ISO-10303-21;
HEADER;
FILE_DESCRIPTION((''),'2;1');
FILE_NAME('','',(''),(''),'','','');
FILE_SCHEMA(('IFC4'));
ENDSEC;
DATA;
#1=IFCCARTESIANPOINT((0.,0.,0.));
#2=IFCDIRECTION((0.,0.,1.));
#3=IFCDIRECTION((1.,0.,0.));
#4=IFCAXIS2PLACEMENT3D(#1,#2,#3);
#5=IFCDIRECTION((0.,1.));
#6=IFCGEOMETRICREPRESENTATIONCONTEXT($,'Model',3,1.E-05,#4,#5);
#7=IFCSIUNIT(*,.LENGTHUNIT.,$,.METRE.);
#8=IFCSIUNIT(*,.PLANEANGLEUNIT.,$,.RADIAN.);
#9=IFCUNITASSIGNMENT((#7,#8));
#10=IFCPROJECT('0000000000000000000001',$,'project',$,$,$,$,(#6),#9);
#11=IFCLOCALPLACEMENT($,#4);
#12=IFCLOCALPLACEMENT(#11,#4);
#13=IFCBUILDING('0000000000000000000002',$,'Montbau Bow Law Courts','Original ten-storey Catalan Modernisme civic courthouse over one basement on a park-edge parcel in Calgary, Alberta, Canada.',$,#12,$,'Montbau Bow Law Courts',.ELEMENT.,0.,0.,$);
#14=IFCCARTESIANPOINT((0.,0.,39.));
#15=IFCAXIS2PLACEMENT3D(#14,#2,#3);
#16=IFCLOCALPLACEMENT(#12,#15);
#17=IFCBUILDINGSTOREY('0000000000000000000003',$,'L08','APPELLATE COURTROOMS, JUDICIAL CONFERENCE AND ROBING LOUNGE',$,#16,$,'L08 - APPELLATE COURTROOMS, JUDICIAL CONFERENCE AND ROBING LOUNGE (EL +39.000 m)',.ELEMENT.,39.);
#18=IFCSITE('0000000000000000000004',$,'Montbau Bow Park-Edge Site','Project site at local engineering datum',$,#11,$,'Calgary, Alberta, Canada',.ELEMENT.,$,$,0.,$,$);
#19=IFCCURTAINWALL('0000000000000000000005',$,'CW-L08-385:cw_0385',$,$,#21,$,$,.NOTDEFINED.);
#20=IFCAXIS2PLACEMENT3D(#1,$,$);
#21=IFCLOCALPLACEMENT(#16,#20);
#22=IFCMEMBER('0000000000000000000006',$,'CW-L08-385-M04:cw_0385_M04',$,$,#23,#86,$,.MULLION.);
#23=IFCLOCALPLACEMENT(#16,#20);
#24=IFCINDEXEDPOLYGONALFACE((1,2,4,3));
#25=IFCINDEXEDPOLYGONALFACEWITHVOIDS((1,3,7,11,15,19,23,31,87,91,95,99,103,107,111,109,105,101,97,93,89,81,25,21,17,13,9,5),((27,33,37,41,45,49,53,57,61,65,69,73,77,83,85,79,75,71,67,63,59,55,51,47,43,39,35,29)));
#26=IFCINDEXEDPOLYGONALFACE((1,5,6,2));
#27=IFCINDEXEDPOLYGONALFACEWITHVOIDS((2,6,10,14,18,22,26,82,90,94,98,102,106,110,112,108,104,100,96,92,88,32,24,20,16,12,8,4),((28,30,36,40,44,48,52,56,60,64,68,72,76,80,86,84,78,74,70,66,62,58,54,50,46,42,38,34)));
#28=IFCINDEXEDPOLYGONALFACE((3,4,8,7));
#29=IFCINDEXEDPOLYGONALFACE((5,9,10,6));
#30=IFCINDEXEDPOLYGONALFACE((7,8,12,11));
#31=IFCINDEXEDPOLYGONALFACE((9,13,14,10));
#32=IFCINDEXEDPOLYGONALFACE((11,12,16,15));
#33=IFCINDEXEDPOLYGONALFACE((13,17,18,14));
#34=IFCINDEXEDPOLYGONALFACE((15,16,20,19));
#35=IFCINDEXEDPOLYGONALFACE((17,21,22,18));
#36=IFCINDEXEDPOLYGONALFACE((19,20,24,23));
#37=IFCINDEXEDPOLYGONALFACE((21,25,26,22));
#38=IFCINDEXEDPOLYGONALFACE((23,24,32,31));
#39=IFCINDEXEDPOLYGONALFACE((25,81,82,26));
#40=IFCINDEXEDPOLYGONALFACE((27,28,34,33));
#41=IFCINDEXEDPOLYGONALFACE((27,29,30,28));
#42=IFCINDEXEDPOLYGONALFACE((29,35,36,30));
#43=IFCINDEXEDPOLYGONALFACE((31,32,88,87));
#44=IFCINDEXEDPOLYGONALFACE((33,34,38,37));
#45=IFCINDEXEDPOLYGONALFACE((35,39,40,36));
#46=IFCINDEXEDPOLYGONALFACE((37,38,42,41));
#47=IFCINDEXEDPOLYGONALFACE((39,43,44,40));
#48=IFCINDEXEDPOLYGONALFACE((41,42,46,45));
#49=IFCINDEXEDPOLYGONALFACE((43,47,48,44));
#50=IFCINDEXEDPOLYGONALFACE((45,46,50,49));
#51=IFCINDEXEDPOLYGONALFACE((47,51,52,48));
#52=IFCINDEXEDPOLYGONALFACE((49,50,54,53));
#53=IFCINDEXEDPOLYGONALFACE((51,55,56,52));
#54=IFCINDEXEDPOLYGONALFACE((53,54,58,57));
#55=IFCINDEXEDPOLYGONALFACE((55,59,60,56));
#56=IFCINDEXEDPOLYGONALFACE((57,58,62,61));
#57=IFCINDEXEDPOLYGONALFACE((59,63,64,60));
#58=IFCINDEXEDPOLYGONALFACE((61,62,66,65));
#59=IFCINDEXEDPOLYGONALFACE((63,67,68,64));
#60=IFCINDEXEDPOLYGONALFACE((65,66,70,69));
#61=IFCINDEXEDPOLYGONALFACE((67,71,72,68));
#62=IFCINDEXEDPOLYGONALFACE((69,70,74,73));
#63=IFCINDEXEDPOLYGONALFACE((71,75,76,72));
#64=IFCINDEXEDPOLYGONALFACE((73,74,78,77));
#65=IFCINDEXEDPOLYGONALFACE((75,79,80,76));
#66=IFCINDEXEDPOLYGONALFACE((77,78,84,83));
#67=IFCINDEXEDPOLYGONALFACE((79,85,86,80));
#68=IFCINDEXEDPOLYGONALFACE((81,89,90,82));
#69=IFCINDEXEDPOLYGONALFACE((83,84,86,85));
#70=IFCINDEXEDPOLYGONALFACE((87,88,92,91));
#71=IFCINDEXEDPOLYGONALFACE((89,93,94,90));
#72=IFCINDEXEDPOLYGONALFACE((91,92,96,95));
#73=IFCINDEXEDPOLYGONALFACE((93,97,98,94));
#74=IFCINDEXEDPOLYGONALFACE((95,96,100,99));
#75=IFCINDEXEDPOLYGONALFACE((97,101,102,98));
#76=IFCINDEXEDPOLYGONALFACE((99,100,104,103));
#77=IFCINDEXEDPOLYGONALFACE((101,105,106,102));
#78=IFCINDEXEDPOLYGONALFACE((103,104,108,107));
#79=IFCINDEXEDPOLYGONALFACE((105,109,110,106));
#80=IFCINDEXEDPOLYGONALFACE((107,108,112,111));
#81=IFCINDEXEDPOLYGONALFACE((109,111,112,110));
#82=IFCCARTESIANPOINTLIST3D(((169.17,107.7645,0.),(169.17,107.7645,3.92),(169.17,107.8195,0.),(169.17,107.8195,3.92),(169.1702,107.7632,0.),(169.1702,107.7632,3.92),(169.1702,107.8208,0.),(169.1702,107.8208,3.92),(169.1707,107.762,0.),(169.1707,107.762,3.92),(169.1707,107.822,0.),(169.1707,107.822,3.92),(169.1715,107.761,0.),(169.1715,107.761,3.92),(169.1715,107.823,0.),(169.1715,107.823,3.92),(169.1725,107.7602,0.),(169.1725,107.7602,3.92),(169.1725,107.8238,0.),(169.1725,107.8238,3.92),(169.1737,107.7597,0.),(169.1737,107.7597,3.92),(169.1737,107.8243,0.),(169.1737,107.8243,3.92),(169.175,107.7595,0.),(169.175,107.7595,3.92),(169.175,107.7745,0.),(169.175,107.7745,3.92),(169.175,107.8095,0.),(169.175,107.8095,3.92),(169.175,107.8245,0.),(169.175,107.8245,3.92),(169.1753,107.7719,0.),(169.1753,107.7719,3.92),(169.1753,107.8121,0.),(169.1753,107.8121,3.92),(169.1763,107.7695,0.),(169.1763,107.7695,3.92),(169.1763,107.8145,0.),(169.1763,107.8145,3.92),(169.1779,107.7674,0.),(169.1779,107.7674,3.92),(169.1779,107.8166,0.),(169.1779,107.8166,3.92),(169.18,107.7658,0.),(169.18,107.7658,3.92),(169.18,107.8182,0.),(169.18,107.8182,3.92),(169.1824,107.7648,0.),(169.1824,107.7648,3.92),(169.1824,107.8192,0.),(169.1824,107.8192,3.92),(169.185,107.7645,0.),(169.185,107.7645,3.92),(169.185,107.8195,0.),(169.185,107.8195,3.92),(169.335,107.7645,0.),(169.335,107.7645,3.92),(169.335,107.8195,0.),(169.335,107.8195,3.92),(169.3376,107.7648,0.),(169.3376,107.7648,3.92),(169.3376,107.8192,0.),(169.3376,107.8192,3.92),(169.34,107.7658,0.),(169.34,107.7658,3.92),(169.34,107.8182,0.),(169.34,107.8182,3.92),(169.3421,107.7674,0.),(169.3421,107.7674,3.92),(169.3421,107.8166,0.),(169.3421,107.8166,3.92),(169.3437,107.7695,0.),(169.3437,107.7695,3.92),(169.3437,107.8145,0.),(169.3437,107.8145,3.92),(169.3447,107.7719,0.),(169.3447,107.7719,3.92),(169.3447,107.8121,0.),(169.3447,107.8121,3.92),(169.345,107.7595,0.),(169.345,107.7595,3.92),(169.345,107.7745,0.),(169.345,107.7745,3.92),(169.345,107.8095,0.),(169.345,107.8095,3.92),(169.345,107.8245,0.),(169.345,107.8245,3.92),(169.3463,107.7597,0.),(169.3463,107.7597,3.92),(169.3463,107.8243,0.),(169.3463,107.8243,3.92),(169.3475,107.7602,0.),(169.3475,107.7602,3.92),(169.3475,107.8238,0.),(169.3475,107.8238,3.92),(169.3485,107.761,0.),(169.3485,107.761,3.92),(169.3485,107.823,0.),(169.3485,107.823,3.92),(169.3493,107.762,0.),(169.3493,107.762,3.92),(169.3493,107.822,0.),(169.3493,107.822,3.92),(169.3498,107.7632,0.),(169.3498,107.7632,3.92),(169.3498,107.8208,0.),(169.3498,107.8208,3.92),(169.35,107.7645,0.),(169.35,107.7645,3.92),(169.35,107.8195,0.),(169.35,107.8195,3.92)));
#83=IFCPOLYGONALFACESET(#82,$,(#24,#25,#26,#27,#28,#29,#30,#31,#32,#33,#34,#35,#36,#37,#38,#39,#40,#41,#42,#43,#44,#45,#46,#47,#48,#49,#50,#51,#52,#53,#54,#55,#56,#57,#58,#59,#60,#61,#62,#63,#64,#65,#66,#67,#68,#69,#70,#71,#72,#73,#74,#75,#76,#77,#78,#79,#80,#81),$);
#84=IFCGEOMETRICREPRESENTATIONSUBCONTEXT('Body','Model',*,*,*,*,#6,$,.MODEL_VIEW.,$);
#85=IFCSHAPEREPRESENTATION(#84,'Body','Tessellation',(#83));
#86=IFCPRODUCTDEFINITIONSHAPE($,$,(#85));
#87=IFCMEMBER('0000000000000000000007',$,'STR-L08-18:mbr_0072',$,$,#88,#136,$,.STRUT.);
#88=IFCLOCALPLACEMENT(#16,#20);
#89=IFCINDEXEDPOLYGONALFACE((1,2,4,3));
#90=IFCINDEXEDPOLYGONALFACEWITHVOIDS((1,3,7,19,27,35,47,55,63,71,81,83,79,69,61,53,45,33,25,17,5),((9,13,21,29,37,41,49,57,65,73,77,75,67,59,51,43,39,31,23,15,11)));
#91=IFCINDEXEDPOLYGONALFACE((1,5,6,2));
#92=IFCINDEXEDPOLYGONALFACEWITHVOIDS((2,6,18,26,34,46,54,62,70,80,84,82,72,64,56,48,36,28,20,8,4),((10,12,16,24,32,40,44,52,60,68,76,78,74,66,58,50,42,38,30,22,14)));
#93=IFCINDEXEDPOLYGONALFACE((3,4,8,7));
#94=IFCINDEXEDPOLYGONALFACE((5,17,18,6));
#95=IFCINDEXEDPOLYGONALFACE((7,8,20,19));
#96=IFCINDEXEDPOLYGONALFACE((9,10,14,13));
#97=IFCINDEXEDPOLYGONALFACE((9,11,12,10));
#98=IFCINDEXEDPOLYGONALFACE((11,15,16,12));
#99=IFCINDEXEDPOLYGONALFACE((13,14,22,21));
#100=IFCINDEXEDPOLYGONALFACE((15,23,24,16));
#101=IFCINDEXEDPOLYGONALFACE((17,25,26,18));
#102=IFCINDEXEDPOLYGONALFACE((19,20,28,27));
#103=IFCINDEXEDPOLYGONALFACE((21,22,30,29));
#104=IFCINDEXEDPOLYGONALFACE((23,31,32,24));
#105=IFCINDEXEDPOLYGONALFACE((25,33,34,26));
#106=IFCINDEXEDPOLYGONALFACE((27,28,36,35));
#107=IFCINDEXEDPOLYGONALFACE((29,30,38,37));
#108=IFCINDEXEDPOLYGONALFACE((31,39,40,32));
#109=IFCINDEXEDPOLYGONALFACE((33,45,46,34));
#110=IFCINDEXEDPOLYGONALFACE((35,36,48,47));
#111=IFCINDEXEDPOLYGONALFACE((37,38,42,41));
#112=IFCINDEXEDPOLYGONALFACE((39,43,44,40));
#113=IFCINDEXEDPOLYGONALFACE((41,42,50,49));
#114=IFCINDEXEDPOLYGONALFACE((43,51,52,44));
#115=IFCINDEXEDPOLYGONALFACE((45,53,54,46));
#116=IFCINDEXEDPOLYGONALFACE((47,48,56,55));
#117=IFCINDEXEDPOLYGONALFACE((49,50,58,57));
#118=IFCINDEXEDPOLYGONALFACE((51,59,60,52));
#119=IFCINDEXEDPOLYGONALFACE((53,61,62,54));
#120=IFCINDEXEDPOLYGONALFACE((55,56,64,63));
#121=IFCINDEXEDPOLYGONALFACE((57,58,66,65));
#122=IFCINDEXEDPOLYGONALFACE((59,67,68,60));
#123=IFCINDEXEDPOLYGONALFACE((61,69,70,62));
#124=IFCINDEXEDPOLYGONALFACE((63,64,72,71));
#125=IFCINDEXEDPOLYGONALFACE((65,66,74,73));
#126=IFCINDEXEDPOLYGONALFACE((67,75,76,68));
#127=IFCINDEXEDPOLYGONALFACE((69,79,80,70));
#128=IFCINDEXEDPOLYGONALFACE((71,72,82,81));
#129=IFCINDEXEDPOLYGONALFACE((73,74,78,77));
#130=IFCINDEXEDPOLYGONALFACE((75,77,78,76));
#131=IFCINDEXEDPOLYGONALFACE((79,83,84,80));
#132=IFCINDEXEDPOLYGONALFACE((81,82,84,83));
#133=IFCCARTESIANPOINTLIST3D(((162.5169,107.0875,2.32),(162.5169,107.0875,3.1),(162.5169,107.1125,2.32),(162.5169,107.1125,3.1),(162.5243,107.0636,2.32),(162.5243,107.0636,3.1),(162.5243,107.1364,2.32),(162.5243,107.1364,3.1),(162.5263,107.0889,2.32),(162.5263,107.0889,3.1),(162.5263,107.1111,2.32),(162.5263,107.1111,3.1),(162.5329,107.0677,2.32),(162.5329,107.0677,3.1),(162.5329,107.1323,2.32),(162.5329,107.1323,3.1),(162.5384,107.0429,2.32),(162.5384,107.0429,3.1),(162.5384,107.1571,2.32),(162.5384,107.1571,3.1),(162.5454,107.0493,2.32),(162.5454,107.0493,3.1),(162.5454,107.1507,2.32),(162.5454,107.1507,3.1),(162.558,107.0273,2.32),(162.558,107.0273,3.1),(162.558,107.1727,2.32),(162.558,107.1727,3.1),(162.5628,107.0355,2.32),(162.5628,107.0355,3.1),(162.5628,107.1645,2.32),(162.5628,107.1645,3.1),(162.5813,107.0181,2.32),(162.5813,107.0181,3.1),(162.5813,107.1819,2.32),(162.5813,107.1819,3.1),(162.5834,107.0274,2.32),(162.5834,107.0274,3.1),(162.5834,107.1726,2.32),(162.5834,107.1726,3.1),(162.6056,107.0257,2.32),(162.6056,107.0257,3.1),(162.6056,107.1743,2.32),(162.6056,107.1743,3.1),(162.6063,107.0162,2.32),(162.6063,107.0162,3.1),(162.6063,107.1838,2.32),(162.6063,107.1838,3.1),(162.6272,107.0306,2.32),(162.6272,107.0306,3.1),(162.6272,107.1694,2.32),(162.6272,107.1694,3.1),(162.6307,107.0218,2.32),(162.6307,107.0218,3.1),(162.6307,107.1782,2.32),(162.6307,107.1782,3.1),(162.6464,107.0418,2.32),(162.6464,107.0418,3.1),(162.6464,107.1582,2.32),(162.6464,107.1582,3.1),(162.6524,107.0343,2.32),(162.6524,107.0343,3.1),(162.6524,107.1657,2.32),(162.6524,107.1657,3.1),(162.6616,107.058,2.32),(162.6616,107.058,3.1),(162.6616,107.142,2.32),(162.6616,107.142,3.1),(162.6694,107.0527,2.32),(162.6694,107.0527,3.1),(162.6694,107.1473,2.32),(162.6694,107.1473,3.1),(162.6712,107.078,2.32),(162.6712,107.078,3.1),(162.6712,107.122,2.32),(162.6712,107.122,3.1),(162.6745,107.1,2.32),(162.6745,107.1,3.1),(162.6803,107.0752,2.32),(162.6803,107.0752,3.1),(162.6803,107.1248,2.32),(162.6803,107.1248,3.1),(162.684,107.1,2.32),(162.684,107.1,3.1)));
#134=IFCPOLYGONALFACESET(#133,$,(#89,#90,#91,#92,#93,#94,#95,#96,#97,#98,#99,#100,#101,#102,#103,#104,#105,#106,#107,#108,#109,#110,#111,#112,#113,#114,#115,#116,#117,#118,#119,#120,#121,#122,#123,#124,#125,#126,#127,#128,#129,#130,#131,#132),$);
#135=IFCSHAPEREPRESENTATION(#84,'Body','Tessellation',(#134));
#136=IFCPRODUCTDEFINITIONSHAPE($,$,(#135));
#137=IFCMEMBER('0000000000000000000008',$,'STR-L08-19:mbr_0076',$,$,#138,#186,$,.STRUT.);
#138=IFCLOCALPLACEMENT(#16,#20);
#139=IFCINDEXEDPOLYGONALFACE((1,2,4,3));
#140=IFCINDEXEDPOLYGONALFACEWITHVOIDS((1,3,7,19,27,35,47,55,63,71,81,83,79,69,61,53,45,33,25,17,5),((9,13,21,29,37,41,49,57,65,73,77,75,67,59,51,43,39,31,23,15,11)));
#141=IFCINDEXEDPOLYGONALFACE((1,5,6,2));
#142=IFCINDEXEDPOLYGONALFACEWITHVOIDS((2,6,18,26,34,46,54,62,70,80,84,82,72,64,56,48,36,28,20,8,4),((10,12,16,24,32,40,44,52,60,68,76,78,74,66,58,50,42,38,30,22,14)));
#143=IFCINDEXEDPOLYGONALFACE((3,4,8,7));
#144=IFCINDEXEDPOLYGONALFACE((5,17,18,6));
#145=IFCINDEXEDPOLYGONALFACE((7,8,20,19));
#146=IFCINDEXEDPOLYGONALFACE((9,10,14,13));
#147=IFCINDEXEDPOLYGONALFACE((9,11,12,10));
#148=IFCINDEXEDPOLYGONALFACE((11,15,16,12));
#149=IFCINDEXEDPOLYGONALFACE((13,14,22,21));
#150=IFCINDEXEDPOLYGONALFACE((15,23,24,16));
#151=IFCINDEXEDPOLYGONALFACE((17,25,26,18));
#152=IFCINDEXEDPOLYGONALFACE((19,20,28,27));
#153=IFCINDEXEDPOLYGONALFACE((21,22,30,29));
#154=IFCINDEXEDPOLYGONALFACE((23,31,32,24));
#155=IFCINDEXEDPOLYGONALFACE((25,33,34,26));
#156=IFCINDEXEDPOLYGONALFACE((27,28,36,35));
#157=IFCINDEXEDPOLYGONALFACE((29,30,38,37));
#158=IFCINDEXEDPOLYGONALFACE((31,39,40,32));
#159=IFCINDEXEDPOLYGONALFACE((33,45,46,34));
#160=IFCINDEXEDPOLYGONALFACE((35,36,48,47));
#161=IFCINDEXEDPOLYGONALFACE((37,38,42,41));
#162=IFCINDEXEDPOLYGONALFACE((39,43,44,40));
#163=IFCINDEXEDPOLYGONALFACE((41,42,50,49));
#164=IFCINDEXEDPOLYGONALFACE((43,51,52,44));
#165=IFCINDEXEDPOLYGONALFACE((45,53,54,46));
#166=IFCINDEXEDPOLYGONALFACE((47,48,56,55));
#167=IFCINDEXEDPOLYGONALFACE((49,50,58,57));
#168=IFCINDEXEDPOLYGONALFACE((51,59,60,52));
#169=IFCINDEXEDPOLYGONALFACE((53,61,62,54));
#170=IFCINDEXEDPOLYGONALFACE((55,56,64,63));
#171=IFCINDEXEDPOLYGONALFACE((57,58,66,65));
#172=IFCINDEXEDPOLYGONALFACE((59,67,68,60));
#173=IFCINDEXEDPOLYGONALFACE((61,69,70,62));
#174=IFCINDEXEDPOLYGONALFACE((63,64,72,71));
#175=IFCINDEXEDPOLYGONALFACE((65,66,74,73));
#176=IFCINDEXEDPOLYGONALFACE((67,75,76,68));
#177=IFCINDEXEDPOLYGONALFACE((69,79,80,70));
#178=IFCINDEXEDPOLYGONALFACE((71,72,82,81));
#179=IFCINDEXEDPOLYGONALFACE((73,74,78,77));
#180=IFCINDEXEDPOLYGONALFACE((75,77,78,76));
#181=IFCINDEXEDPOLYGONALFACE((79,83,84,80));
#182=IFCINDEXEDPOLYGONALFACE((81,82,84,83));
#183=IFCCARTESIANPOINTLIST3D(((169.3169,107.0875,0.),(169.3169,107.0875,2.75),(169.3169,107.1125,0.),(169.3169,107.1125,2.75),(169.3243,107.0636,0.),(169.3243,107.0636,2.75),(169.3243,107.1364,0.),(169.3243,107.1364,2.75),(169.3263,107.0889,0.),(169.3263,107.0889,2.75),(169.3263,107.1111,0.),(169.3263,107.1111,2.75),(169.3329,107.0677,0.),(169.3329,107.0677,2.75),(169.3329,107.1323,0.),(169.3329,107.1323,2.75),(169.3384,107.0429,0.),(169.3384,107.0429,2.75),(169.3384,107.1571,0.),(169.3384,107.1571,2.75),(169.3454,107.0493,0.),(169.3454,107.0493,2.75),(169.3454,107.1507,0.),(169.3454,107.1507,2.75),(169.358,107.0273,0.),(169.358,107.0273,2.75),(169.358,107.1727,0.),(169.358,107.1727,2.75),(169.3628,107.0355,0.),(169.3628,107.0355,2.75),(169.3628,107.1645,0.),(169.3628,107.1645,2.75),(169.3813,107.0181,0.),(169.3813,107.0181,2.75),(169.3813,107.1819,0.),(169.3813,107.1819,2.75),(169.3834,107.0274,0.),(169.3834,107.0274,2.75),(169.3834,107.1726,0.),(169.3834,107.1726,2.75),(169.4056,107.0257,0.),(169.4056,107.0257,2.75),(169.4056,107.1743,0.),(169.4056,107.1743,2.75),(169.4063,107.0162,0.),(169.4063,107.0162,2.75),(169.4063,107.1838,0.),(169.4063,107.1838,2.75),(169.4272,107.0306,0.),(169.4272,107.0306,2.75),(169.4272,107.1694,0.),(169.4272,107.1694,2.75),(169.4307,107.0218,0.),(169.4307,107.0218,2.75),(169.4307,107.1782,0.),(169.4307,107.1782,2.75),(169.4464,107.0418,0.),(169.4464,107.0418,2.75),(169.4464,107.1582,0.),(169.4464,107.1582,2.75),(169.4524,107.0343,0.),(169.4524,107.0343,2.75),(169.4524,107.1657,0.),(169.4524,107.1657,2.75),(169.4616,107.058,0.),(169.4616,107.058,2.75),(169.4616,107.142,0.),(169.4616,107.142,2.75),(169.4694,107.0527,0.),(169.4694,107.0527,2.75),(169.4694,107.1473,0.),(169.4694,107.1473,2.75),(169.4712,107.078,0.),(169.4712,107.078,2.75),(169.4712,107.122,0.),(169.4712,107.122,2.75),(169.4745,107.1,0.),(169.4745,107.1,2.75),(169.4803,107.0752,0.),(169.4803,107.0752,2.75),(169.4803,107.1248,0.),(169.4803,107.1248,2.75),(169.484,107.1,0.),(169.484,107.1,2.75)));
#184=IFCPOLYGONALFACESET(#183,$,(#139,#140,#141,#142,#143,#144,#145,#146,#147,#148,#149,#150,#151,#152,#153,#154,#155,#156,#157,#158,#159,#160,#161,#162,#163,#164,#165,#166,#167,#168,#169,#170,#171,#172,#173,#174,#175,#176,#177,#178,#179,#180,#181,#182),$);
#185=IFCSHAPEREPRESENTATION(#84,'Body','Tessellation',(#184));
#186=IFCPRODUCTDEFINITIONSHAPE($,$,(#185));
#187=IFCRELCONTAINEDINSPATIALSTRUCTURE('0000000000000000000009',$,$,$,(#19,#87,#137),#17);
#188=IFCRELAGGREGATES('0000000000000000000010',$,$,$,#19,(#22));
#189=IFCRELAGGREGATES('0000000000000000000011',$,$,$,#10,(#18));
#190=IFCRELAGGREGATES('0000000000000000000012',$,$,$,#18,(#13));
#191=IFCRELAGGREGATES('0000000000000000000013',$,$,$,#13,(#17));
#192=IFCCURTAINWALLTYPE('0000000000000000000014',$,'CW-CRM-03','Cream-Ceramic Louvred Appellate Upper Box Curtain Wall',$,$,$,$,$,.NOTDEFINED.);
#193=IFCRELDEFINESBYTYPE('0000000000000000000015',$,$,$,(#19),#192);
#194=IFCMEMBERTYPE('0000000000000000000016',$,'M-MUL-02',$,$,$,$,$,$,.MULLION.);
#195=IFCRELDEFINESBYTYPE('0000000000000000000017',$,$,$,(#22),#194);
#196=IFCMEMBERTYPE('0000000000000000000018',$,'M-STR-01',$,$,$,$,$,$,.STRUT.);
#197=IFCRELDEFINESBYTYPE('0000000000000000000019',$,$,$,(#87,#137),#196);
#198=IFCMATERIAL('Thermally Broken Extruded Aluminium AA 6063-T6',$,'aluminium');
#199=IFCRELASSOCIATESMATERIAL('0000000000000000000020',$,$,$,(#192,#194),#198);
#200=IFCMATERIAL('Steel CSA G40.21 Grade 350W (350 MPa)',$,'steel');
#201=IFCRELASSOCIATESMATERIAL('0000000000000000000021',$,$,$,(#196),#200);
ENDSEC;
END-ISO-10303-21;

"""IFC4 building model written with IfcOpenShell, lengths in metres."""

from ifc_helpers import new_model, si_unit, direction, frame, origin_with_axes, origin_2d_with_axis, place, context, subcontext, project, spatial, hollow_rectangle, hollow_circle, extrude, material, material_profile, profile_set, type_object, element, aggregate, save


model = new_model("IFC4")

# Units and contexts
model_context = context("Model", 3, precision=1e-05, world=origin_with_axes(), true_north=direction((0.0, 1.0)))
body_context = subcontext(model_context, "Body", "Model", "MODEL_VIEW")
ifc_project = project(units=[si_unit("LENGTHUNIT", "METRE"), si_unit("PLANEANGLEUNIT", "RADIAN")], contexts=[model_context])

# Site, building, storey
site_placement = place(None, origin_with_axes())
site = spatial("IfcSite", under=ifc_project, at=site_placement, Name="Montbau Bow Park-Edge Site", Description="Project site at local engineering datum", LongName="Calgary, Alberta, Canada", CompositionType="ELEMENT", RefElevation=0.0)
building_placement = place(site_placement, origin_with_axes())
building = spatial("IfcBuilding", under=site, at=building_placement, Name="Montbau Bow Law Courts", Description="Original ten-storey Catalan Modernisme civic courthouse over one basement on a park-edge parcel in Calgary, Alberta, Canada.", LongName="Montbau Bow Law Courts", CompositionType="ELEMENT", ElevationOfRefHeight=0.0, ElevationOfTerrain=0.0)
storey_placement = place(building_placement, frame((0.0, 0.0, 39.0), z_axis=(0.0, 0.0, 1.0), x_axis=(1.0, 0.0, 0.0)))
storey = spatial("IfcBuildingStorey", under=building, at=storey_placement, Name="L08", Description="APPELLATE COURTROOMS, JUDICIAL CONFERENCE AND ROBING LOUNGE", LongName="L08 - APPELLATE COURTROOMS, JUDICIAL CONFERENCE AND ROBING LOUNGE (EL +39.000 m)", CompositionType="ELEMENT", Elevation=39.0)

# Shared definitions
ifc_material_1 = material(Name="Steel CSA G40.21 Grade 350W (350 MPa)", Category="steel")

# Curtain wall, member
ifc_material_2 = material(Name="Thermally Broken Extruded Aluminium AA 6063-T6", Category="aluminium")
curtain_wall_type = type_object("IfcCurtainWallType", Name="CW-CRM-03", Description="Cream-Ceramic Louvred Appellate Upper Box Curtain Wall", PredefinedType="NOTDEFINED", material=ifc_material_2)
curtain_wall_placement = place(None, frame((169.26, 103.64, 39.0), z_axis=(0.0, 0.0, 1.0), x_axis=(1.0, 0.0, 0.0)))
curtain_wall = element("IfcCurtainWall", 1, at=curtain_wall_placement, inside=storey, type_object=curtain_wall_type, Name="CW-L08-385:cw_0385", PredefinedType="NOTDEFINED")
ifc_material_profile_1 = material_profile(ifc_material_2, hollow_rectangle(XDim=0.065, YDim=0.18, WallThickness=0.005, InnerFilletRadius=0.01, OuterFilletRadius=0.005, at=origin_2d_with_axis()), Name="CWM-180X65", Category="Main", Priority=0)
ifc_profile_set_1 = profile_set([ifc_material_profile_1], Name="Thermally Broken Extruded Aluminium AA 6063-T6")
member_type_1 = type_object("IfcMemberType", Name="M-MUL-02", PredefinedType="MULLION", material=ifc_profile_set_1)
member_1_placement = place(None, frame((169.26, 107.792, 39.0), z_axis=(0.0, 0.0, 1.0), x_axis=(0.0, 1.0, 0.0)))
member_1 = element("IfcMember", 2, at=member_1_placement, type_object=member_type_1, Name="CW-L08-385-M04:cw_0385_M04", PredefinedType="MULLION", context=body_context, shape_type="SweptSolid", body=[
    extrude(hollow_rectangle(XDim=0.065, YDim=0.18, WallThickness=0.005, InnerFilletRadius=0.01, OuterFilletRadius=0.005, at=origin_2d_with_axis()), origin_with_axes(), (0.0, 0.0, 1.0), 3.92),
])

# Members
ifc_material_profile_2 = material_profile(ifc_material_1, hollow_circle(Radius=0.084, WallThickness=0.0095, at=origin_2d_with_axis()), Name="HSS168X9.5", Category="Main", Priority=0)
ifc_profile_set_2 = profile_set([ifc_material_profile_2], Name="Steel CSA G40.21 Grade 350W (350 MPa)")
member_type_2 = type_object("IfcMemberType", Name="M-STR-01", PredefinedType="STRUT", material=ifc_profile_set_2)
member_2_placement = place(None, frame((162.6, 107.1, 41.32), z_axis=(0.0, 0.0, 1.0), x_axis=(1.0, 0.0, 0.0)))
element("IfcMember", 3, at=member_2_placement, inside=storey, type_object=member_type_2, Name="STR-L08-18:mbr_0072", PredefinedType="STRUT", context=body_context, shape_type="SweptSolid", body=[
    extrude(hollow_circle(Radius=0.084, WallThickness=0.0095, at=origin_2d_with_axis()), origin_with_axes(), (0.0, 0.0, 1.0), 0.78),
])
member_3_placement = place(None, frame((169.4, 107.1, 39.0), z_axis=(0.0, 0.0, 1.0), x_axis=(1.0, 0.0, 0.0)))
element("IfcMember", 4, at=member_3_placement, inside=storey, type_object=member_type_2, Name="STR-L08-19:mbr_0076", PredefinedType="STRUT", context=body_context, shape_type="SweptSolid", body=[
    extrude(hollow_circle(Radius=0.084, WallThickness=0.0095, at=origin_2d_with_axis()), origin_with_axes(), (0.0, 0.0, 1.0), 2.75),
])

aggregate(curtain_wall, [member_1])

save(model, "model.ifc")
